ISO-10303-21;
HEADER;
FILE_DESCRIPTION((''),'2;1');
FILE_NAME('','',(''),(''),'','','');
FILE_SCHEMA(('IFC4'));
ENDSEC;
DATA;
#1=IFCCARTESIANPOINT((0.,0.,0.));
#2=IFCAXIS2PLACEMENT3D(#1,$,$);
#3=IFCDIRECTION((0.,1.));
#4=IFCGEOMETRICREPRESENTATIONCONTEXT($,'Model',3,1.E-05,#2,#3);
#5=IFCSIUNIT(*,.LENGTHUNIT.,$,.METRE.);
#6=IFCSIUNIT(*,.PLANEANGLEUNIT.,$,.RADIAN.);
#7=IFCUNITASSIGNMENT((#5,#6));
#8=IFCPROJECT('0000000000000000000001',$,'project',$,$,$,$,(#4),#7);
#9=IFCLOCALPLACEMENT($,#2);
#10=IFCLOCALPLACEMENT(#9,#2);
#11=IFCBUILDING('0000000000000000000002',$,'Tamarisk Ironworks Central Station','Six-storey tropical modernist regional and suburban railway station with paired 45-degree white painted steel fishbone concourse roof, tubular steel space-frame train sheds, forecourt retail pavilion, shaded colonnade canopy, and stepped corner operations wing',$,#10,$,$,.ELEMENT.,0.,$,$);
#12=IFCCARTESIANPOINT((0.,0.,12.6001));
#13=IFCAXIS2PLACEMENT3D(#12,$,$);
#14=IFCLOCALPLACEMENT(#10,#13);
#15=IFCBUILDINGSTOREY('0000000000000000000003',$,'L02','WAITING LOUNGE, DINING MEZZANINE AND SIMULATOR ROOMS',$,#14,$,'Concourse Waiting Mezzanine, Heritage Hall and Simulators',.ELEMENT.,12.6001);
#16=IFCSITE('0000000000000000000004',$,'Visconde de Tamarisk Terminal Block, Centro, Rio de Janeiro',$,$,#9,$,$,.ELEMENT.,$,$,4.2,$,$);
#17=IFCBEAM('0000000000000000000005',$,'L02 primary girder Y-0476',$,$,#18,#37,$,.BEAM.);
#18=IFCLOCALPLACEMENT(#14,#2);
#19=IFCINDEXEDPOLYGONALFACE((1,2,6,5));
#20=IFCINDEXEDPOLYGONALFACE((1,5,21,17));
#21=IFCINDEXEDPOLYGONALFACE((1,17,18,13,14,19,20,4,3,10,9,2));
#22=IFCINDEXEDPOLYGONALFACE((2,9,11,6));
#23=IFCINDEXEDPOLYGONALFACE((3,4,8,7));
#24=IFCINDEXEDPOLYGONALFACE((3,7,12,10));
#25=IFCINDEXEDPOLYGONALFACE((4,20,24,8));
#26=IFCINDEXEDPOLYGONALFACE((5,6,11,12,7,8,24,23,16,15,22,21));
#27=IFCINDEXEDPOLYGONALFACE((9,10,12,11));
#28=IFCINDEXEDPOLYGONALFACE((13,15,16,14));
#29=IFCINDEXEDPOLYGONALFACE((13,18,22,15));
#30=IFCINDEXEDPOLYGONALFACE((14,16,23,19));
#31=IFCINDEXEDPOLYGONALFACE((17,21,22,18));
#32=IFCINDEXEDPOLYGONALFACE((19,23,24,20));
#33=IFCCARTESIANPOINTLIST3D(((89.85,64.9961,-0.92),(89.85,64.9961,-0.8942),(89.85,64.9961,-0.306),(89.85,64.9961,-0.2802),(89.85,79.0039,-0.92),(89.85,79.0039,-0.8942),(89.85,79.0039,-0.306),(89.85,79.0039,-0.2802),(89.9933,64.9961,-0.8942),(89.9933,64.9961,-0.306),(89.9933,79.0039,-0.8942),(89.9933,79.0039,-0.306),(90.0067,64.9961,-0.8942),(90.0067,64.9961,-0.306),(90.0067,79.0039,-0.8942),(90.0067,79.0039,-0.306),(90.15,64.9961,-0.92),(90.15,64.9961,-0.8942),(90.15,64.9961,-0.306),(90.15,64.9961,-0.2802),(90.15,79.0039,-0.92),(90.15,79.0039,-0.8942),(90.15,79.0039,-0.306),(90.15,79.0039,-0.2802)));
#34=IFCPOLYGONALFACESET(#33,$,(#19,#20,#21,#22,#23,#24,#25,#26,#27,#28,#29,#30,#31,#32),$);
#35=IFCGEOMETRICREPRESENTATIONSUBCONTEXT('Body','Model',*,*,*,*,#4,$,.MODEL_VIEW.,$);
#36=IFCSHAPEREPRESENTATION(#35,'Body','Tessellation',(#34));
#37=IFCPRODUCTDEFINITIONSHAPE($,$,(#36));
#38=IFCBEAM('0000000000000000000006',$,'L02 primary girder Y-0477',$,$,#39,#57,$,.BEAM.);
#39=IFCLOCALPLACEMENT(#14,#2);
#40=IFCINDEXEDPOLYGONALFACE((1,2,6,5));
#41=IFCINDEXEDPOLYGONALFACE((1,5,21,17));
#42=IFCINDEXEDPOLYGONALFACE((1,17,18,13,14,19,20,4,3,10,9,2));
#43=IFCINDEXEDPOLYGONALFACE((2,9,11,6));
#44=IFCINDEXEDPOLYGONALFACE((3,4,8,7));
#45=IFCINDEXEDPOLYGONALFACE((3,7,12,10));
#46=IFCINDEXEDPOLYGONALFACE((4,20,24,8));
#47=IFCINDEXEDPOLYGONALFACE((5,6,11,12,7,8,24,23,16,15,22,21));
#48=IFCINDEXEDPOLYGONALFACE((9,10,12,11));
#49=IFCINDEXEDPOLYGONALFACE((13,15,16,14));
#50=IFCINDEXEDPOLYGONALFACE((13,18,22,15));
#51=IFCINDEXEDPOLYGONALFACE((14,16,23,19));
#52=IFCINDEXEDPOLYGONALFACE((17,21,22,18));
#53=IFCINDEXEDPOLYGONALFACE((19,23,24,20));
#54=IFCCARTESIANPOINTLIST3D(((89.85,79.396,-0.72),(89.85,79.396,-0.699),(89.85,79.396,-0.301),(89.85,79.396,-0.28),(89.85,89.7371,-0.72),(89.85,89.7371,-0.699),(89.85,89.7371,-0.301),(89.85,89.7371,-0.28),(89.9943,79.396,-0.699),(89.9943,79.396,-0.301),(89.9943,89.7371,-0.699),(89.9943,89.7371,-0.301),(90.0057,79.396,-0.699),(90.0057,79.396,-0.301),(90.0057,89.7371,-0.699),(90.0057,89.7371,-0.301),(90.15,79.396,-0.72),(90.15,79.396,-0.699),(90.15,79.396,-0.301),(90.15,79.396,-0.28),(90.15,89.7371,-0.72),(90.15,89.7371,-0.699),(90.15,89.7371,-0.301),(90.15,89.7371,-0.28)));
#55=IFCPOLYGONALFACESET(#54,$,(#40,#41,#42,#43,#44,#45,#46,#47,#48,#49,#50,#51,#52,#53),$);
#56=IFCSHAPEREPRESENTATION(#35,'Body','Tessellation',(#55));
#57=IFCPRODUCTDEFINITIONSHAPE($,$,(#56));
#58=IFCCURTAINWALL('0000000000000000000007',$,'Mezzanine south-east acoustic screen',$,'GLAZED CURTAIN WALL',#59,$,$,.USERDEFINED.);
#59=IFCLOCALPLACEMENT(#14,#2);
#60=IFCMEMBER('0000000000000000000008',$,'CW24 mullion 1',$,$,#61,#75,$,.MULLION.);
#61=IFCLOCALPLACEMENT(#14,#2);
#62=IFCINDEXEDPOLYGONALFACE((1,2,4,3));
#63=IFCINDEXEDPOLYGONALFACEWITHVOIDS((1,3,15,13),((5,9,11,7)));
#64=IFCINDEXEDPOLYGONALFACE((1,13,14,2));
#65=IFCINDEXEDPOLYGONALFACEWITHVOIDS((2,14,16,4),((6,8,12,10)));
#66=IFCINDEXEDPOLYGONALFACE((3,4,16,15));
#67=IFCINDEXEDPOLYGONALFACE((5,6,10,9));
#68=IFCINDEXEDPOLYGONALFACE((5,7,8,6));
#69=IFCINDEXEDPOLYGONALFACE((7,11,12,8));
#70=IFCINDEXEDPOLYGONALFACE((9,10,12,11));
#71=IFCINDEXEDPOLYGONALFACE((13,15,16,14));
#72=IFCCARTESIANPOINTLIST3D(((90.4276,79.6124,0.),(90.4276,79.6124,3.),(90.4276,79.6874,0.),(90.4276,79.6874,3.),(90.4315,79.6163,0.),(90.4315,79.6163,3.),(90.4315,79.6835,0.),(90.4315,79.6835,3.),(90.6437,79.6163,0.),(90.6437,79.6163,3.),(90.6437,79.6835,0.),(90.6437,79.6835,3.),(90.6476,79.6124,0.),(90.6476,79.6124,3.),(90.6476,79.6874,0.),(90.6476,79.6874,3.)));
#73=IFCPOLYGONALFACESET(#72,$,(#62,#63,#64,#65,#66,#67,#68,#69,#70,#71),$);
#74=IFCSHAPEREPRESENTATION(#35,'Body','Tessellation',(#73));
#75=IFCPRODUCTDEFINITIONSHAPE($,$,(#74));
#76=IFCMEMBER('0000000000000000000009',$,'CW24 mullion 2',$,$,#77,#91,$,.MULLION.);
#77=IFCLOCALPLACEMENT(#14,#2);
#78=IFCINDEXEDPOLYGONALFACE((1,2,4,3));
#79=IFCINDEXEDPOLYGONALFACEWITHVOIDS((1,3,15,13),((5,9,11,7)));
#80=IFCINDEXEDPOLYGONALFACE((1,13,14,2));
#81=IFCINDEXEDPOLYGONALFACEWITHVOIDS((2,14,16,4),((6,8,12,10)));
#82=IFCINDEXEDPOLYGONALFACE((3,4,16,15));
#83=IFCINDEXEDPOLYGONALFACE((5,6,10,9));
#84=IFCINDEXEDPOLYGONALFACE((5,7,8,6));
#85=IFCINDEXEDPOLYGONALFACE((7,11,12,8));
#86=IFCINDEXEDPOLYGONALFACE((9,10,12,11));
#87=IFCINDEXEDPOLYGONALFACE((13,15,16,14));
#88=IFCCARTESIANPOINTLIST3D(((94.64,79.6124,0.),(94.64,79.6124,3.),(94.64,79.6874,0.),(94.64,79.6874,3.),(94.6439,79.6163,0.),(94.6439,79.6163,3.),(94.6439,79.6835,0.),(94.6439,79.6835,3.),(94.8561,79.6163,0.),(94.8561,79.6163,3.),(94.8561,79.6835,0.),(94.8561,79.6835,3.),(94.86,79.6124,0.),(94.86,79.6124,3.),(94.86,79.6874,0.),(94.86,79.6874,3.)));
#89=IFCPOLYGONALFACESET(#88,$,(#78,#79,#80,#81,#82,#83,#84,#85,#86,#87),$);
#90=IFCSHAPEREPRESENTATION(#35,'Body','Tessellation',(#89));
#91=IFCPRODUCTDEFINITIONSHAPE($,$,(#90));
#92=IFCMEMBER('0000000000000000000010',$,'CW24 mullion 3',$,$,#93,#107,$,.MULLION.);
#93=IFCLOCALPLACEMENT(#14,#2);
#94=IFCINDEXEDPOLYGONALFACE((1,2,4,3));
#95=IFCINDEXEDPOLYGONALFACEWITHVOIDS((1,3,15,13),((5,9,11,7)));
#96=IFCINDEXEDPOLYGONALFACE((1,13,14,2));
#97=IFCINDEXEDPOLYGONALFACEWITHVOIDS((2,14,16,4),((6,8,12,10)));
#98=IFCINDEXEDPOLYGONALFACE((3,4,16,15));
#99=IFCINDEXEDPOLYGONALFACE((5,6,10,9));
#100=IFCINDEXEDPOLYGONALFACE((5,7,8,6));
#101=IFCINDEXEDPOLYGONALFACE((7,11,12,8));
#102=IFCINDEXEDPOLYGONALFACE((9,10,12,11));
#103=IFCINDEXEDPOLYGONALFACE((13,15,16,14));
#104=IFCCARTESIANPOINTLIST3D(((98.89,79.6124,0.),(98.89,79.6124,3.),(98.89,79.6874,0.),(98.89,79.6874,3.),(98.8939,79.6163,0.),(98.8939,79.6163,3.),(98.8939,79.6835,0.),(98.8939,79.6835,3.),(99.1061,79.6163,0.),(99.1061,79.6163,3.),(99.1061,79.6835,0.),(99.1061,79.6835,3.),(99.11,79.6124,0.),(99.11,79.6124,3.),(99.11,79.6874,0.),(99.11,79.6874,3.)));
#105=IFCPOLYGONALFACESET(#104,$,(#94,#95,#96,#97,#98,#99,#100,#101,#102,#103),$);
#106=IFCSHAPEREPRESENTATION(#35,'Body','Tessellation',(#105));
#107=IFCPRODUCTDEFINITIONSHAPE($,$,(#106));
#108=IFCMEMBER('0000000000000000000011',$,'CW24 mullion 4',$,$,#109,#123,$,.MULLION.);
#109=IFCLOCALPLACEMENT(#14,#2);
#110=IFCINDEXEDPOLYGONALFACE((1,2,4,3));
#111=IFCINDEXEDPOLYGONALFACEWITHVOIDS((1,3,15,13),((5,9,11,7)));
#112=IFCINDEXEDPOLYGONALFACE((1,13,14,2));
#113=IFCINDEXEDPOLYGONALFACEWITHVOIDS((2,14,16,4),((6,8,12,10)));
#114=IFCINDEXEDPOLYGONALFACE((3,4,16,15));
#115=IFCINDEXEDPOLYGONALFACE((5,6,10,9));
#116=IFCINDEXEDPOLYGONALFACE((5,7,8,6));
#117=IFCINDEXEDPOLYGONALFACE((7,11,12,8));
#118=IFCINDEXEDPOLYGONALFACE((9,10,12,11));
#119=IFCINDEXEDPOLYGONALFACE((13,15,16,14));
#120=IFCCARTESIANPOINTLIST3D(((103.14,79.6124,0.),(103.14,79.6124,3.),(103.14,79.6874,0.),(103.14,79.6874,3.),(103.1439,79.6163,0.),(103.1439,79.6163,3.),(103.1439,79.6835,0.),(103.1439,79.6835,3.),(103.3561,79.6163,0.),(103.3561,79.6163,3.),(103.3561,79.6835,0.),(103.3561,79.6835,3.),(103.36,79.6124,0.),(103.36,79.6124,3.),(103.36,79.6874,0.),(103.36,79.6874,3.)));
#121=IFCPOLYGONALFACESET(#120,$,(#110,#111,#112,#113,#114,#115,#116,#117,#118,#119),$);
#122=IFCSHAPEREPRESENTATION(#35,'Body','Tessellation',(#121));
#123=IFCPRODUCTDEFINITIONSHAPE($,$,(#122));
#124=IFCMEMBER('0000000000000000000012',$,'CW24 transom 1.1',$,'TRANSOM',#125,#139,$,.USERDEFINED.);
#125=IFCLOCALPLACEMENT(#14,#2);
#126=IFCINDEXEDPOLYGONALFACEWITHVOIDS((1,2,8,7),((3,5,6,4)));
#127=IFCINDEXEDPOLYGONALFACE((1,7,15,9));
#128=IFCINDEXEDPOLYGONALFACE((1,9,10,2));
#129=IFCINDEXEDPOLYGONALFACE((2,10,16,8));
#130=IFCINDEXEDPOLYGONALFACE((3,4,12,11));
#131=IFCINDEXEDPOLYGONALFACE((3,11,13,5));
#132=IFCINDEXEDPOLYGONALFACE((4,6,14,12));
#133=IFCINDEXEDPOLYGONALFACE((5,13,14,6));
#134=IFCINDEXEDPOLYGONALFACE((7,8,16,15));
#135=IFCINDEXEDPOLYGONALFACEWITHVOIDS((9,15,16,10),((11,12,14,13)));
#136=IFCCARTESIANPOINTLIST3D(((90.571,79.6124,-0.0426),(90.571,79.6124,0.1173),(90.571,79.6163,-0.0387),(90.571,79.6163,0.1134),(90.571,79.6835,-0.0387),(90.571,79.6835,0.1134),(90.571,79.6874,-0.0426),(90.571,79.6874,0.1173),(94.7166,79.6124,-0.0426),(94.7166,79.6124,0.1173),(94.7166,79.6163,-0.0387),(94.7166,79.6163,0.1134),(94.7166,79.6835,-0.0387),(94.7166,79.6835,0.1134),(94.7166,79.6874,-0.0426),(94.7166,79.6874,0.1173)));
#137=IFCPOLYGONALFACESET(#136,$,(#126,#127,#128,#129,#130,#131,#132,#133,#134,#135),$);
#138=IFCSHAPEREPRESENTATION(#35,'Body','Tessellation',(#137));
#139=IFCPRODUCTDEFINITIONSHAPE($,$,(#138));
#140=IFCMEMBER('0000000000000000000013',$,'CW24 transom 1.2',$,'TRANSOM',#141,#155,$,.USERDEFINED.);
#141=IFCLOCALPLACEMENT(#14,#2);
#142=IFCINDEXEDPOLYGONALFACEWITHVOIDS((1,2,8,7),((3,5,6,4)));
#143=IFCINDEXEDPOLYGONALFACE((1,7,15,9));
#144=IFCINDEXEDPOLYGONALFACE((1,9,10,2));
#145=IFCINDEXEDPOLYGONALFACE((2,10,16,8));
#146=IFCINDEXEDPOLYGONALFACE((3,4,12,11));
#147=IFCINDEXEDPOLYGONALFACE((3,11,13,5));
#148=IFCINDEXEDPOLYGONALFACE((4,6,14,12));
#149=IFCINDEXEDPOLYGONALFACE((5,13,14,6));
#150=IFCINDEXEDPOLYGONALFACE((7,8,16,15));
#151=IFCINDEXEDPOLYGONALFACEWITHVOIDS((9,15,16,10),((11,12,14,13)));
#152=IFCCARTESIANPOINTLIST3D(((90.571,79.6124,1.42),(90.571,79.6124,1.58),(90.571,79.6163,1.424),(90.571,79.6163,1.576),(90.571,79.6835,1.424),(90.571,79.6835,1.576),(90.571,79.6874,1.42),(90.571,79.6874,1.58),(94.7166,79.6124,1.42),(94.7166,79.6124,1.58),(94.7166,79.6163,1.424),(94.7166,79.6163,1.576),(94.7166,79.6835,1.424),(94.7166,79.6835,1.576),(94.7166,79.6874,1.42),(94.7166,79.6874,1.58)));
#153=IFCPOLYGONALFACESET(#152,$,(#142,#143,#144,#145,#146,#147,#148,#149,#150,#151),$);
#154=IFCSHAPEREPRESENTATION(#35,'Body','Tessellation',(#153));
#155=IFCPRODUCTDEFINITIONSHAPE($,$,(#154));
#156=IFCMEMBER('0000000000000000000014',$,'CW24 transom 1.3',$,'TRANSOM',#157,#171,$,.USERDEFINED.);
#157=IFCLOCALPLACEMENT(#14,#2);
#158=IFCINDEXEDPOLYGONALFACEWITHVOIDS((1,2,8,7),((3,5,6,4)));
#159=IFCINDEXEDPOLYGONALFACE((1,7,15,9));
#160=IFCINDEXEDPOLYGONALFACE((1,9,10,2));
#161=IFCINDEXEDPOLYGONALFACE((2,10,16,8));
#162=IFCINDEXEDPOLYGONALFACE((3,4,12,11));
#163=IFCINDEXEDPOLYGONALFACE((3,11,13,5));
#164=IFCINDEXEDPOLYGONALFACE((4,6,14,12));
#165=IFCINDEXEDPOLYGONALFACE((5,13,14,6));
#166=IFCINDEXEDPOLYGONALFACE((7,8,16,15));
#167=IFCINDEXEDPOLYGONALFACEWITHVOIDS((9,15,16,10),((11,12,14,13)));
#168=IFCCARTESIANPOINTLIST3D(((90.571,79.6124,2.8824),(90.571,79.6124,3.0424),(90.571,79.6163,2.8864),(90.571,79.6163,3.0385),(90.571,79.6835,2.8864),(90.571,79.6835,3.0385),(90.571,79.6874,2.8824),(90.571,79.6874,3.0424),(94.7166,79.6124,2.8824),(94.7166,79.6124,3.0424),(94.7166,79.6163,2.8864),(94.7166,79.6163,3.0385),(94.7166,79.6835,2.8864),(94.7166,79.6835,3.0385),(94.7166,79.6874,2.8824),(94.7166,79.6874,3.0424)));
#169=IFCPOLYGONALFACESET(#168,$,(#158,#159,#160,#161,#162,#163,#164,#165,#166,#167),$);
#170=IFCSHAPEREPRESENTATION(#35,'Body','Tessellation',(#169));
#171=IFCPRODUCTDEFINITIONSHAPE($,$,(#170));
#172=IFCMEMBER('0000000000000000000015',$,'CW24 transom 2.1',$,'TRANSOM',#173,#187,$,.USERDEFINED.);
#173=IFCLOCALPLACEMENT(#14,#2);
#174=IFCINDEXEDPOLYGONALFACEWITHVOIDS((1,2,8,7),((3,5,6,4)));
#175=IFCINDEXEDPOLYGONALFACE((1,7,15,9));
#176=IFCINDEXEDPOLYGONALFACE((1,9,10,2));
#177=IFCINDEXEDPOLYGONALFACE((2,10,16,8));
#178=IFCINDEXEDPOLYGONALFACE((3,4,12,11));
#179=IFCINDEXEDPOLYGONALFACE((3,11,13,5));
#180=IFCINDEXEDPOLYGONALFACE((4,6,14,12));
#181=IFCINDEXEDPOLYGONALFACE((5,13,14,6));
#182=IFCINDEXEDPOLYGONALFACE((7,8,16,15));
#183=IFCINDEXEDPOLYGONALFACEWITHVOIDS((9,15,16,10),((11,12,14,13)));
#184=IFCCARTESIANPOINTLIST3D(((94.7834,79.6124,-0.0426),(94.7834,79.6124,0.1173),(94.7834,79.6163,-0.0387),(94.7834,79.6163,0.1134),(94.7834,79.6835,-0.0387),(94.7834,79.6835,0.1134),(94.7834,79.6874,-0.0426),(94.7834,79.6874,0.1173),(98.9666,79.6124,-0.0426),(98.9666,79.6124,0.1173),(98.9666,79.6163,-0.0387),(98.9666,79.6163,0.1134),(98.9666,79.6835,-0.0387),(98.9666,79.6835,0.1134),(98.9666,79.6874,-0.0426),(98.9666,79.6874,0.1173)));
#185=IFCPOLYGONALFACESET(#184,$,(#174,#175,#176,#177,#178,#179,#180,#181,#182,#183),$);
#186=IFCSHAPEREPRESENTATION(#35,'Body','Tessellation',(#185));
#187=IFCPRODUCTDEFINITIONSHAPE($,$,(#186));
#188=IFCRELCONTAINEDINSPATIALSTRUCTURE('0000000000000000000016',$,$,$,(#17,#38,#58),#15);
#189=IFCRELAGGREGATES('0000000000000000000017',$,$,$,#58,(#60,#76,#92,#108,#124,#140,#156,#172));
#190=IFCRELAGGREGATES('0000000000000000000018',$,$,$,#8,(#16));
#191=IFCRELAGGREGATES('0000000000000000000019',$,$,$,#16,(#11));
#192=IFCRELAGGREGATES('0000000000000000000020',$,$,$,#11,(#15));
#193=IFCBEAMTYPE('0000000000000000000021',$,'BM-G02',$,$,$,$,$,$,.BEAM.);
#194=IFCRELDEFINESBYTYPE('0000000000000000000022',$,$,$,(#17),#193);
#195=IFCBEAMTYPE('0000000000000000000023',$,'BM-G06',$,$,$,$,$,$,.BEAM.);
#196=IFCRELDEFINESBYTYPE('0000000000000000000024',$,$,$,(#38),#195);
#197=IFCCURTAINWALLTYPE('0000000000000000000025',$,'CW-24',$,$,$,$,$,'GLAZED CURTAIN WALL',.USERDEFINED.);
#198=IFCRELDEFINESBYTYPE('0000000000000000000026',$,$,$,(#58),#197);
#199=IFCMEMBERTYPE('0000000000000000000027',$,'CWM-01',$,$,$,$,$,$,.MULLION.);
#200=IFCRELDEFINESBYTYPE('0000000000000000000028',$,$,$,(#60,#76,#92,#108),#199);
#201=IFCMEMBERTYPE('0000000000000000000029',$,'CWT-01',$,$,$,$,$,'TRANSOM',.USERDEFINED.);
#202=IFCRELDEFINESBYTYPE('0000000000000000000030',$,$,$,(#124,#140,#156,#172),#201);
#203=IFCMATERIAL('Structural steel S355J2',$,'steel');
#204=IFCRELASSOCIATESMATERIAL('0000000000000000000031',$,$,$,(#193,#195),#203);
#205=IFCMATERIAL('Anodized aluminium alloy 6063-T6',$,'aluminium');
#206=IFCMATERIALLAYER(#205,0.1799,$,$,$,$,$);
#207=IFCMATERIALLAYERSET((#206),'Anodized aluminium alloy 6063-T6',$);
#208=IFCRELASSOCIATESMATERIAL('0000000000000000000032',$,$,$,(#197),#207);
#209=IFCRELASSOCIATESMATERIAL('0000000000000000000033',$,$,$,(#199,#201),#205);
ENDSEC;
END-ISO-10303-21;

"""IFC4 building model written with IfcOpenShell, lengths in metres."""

from ifc_helpers import new_model, si_unit, direction, frame, origin, origin_2d, place, context, subcontext, project, spatial, hollow_rectangle, i_section, extrude, material, layer, layer_set, material_profile, profile_set, type_object, element, aggregate, save


model = new_model("IFC4")

# Units and contexts
model_context = context("Model", 3, precision=1e-05, world=origin(), true_north=direction((0.0, 1.0)))
body_context = subcontext(model_context, "Body", "Model", "MODEL_VIEW")
ifc_project = project(units=[si_unit("LENGTHUNIT", "METRE"), si_unit("PLANEANGLEUNIT", "RADIAN")], contexts=[model_context])

# Site, building, storey
site_placement = place(None, origin())
site = spatial("IfcSite", under=ifc_project, at=site_placement, Name="Visconde de Tamarisk Terminal Block, Centro, Rio de Janeiro", CompositionType="ELEMENT", RefElevation=4.2)
building_placement = place(site_placement, origin())
building = spatial("IfcBuilding", under=site, at=building_placement, Name="Tamarisk Ironworks Central Station", Description="Six-storey tropical modernist regional and suburban railway station with paired 45-degree white painted steel fishbone concourse roof, tubular steel space-frame train sheds, forecourt retail pavilion, shaded colonnade canopy, and stepped corner operations wing", CompositionType="ELEMENT", ElevationOfRefHeight=0.0)
storey_placement = place(building_placement, frame((0.0, 0.0, 12.6001)))
storey = spatial("IfcBuildingStorey", under=building, at=storey_placement, Name="L02", Description="WAITING LOUNGE, DINING MEZZANINE AND SIMULATOR ROOMS", LongName="Concourse Waiting Mezzanine, Heritage Hall and Simulators", CompositionType="ELEMENT", Elevation=12.6001)

# Shared definitions
ifc_material_1 = material(Name="Structural steel S355J2", Category="steel")

# Beams
ifc_material_profile_1 = material_profile(ifc_material_1, i_section(OverallWidth=0.3, OverallDepth=0.6399, WebThickness=0.0134, FlangeThickness=0.0259, at=origin_2d()), Name="HEA 650")
ifc_profile_set_1 = profile_set([ifc_material_profile_1], Name="Structural steel S355J2")
beam_type_1 = type_object("IfcBeamType", Name="BM-G02", PredefinedType="BEAM", material=ifc_profile_set_1)
beam_1_placement = place(storey_placement, frame((90.0, 64.9961, -0.6001), z_axis=(0.0, 1.0, 0.0), x_axis=(-1.0, 0.0, 0.0)))
element("IfcBeam", 1, at=beam_1_placement, inside=storey, type_object=beam_type_1, Name="L02 primary girder Y-0476", PredefinedType="BEAM", context=body_context, shape_type="SweptSolid", body=[
    extrude(i_section(OverallWidth=0.3, OverallDepth=0.6399, WebThickness=0.0134, FlangeThickness=0.0259, at=origin_2d()), origin(), (0.0, 0.0, 1.0), 14.0078),
])
ifc_material_profile_2 = material_profile(ifc_material_1, i_section(OverallWidth=0.3, OverallDepth=0.4399, WebThickness=0.0115, FlangeThickness=0.021, at=origin_2d()), Name="HEA 450")
ifc_profile_set_2 = profile_set([ifc_material_profile_2], Name="Structural steel S355J2")
beam_type_2 = type_object("IfcBeamType", Name="BM-G06", PredefinedType="BEAM", material=ifc_profile_set_2)
beam_2_placement = place(storey_placement, frame((90.0, 79.396, -0.5), z_axis=(0.0, 1.0, 0.0), x_axis=(-1.0, 0.0, 0.0)))
element("IfcBeam", 2, at=beam_2_placement, inside=storey, type_object=beam_type_2, Name="L02 primary girder Y-0477", PredefinedType="BEAM", context=body_context, shape_type="SweptSolid", body=[
    extrude(i_section(OverallWidth=0.3, OverallDepth=0.4399, WebThickness=0.0115, FlangeThickness=0.021, at=origin_2d()), origin(), (0.0, 0.0, 1.0), 10.3411),
])

# Curtain wall, members
ifc_material_2 = material(Name="Anodized aluminium alloy 6063-T6", Category="aluminium")
ifc_layer_1 = layer(ifc_material_2, 0.1799)
ifc_layer_set_1 = layer_set([ifc_layer_1], Name="Anodized aluminium alloy 6063-T6")
curtain_wall_type = type_object("IfcCurtainWallType", Name="CW-24", ElementType="GLAZED CURTAIN WALL", PredefinedType="USERDEFINED", material=ifc_layer_set_1)
curtain_wall_placement = place(storey_placement, origin())
curtain_wall = element("IfcCurtainWall", 3, at=curtain_wall_placement, inside=storey, type_object=curtain_wall_type, Name="Mezzanine south-east acoustic screen", ObjectType="GLAZED CURTAIN WALL", PredefinedType="USERDEFINED")
ifc_material_profile_3 = material_profile(ifc_material_2, hollow_rectangle(XDim=0.075, YDim=0.22, WallThickness=0.0039, at=origin_2d()), Name="ALUM 220x75")
ifc_profile_set_3 = profile_set([ifc_material_profile_3], Name="Anodized aluminium alloy 6063-T6")
member_type_1 = type_object("IfcMemberType", Name="CWM-01", PredefinedType="MULLION", material=ifc_profile_set_3)
member_1_placement = place(storey_placement, frame((90.5376, 79.6499, 0.0), z_axis=(0.0, 0.0, 1.0), x_axis=(0.0, 1.0, 0.0)))
member_1 = element("IfcMember", 4, at=member_1_placement, type_object=member_type_1, Name="CW24 mullion 1", PredefinedType="MULLION", context=body_context, shape_type="SweptSolid", body=[
    extrude(hollow_rectangle(XDim=0.075, YDim=0.22, WallThickness=0.0039, at=origin_2d()), origin(), (0.0, 0.0, 1.0), 3.0),
])
member_2_placement = place(storey_placement, frame((94.75, 79.6499, 0.0), z_axis=(0.0, 0.0, 1.0), x_axis=(0.0, 1.0, 0.0)))
member_2 = element("IfcMember", 5, at=member_2_placement, type_object=member_type_1, Name="CW24 mullion 2", PredefinedType="MULLION", context=body_context, shape_type="SweptSolid", body=[
    extrude(hollow_rectangle(XDim=0.075, YDim=0.22, WallThickness=0.0039, at=origin_2d()), origin(), (0.0, 0.0, 1.0), 3.0),
])
member_3_placement = place(storey_placement, frame((99.0, 79.6499, 0.0), z_axis=(0.0, 0.0, 1.0), x_axis=(0.0, 1.0, 0.0)))
member_3 = element("IfcMember", 6, at=member_3_placement, type_object=member_type_1, Name="CW24 mullion 3", PredefinedType="MULLION", context=body_context, shape_type="SweptSolid", body=[
    extrude(hollow_rectangle(XDim=0.075, YDim=0.22, WallThickness=0.0039, at=origin_2d()), origin(), (0.0, 0.0, 1.0), 3.0),
])
member_4_placement = place(storey_placement, frame((103.25, 79.6499, 0.0), z_axis=(0.0, 0.0, 1.0), x_axis=(0.0, 1.0, 0.0)))
member_4 = element("IfcMember", 7, at=member_4_placement, type_object=member_type_1, Name="CW24 mullion 4", PredefinedType="MULLION", context=body_context, shape_type="SweptSolid", body=[
    extrude(hollow_rectangle(XDim=0.075, YDim=0.22, WallThickness=0.0039, at=origin_2d()), origin(), (0.0, 0.0, 1.0), 3.0),
])
ifc_material_profile_4 = material_profile(ifc_material_2, hollow_rectangle(XDim=0.075, YDim=0.1599, WallThickness=0.0039, at=origin_2d()), Name="ALUM 160x75")
ifc_profile_set_4 = profile_set([ifc_material_profile_4], Name="Anodized aluminium alloy 6063-T6")
member_type_2 = type_object("IfcMemberType", Name="CWT-01", ElementType="TRANSOM", PredefinedType="USERDEFINED", material=ifc_profile_set_4)
member_5_placement = place(storey_placement, frame((90.571, 79.6499, 0.0374), z_axis=(1.0, 0.0, 0.0), x_axis=(0.0, 1.0, 0.0)))
member_5 = element("IfcMember", 8, at=member_5_placement, type_object=member_type_2, Name="CW24 transom 1.1", ObjectType="TRANSOM", PredefinedType="USERDEFINED", context=body_context, shape_type="SweptSolid", body=[
    extrude(hollow_rectangle(XDim=0.075, YDim=0.1599, WallThickness=0.0039, at=origin_2d()), origin(), (0.0, 0.0, 1.0), 4.1455),
])
member_6_placement = place(storey_placement, frame((90.571, 79.6499, 1.5), z_axis=(1.0, 0.0, 0.0), x_axis=(0.0, 1.0, 0.0)))
member_6 = element("IfcMember", 9, at=member_6_placement, type_object=member_type_2, Name="CW24 transom 1.2", ObjectType="TRANSOM", PredefinedType="USERDEFINED", context=body_context, shape_type="SweptSolid", body=[
    extrude(hollow_rectangle(XDim=0.075, YDim=0.1599, WallThickness=0.0039, at=origin_2d()), origin(), (0.0, 0.0, 1.0), 4.1455),
])
member_7_placement = place(storey_placement, frame((90.571, 79.6499, 2.9624), z_axis=(1.0, 0.0, 0.0), x_axis=(0.0, 1.0, 0.0)))
member_7 = element("IfcMember", 10, at=member_7_placement, type_object=member_type_2, Name="CW24 transom 1.3", ObjectType="TRANSOM", PredefinedType="USERDEFINED", context=body_context, shape_type="SweptSolid", body=[
    extrude(hollow_rectangle(XDim=0.075, YDim=0.1599, WallThickness=0.0039, at=origin_2d()), origin(), (0.0, 0.0, 1.0), 4.1455),
])
member_8_placement = place(storey_placement, frame((94.7834, 79.6499, 0.0374), z_axis=(1.0, 0.0, 0.0), x_axis=(0.0, 1.0, 0.0)))
member_8 = element("IfcMember", 11, at=member_8_placement, type_object=member_type_2, Name="CW24 transom 2.1", ObjectType="TRANSOM", PredefinedType="USERDEFINED", context=body_context, shape_type="SweptSolid", body=[
    extrude(hollow_rectangle(XDim=0.075, YDim=0.1599, WallThickness=0.0039, at=origin_2d()), origin(), (0.0, 0.0, 1.0), 4.1831),
])
aggregate(curtain_wall, [member_1, member_2, member_3, member_4, member_5, member_6, member_7, member_8])

save(model, "model.ifc")
